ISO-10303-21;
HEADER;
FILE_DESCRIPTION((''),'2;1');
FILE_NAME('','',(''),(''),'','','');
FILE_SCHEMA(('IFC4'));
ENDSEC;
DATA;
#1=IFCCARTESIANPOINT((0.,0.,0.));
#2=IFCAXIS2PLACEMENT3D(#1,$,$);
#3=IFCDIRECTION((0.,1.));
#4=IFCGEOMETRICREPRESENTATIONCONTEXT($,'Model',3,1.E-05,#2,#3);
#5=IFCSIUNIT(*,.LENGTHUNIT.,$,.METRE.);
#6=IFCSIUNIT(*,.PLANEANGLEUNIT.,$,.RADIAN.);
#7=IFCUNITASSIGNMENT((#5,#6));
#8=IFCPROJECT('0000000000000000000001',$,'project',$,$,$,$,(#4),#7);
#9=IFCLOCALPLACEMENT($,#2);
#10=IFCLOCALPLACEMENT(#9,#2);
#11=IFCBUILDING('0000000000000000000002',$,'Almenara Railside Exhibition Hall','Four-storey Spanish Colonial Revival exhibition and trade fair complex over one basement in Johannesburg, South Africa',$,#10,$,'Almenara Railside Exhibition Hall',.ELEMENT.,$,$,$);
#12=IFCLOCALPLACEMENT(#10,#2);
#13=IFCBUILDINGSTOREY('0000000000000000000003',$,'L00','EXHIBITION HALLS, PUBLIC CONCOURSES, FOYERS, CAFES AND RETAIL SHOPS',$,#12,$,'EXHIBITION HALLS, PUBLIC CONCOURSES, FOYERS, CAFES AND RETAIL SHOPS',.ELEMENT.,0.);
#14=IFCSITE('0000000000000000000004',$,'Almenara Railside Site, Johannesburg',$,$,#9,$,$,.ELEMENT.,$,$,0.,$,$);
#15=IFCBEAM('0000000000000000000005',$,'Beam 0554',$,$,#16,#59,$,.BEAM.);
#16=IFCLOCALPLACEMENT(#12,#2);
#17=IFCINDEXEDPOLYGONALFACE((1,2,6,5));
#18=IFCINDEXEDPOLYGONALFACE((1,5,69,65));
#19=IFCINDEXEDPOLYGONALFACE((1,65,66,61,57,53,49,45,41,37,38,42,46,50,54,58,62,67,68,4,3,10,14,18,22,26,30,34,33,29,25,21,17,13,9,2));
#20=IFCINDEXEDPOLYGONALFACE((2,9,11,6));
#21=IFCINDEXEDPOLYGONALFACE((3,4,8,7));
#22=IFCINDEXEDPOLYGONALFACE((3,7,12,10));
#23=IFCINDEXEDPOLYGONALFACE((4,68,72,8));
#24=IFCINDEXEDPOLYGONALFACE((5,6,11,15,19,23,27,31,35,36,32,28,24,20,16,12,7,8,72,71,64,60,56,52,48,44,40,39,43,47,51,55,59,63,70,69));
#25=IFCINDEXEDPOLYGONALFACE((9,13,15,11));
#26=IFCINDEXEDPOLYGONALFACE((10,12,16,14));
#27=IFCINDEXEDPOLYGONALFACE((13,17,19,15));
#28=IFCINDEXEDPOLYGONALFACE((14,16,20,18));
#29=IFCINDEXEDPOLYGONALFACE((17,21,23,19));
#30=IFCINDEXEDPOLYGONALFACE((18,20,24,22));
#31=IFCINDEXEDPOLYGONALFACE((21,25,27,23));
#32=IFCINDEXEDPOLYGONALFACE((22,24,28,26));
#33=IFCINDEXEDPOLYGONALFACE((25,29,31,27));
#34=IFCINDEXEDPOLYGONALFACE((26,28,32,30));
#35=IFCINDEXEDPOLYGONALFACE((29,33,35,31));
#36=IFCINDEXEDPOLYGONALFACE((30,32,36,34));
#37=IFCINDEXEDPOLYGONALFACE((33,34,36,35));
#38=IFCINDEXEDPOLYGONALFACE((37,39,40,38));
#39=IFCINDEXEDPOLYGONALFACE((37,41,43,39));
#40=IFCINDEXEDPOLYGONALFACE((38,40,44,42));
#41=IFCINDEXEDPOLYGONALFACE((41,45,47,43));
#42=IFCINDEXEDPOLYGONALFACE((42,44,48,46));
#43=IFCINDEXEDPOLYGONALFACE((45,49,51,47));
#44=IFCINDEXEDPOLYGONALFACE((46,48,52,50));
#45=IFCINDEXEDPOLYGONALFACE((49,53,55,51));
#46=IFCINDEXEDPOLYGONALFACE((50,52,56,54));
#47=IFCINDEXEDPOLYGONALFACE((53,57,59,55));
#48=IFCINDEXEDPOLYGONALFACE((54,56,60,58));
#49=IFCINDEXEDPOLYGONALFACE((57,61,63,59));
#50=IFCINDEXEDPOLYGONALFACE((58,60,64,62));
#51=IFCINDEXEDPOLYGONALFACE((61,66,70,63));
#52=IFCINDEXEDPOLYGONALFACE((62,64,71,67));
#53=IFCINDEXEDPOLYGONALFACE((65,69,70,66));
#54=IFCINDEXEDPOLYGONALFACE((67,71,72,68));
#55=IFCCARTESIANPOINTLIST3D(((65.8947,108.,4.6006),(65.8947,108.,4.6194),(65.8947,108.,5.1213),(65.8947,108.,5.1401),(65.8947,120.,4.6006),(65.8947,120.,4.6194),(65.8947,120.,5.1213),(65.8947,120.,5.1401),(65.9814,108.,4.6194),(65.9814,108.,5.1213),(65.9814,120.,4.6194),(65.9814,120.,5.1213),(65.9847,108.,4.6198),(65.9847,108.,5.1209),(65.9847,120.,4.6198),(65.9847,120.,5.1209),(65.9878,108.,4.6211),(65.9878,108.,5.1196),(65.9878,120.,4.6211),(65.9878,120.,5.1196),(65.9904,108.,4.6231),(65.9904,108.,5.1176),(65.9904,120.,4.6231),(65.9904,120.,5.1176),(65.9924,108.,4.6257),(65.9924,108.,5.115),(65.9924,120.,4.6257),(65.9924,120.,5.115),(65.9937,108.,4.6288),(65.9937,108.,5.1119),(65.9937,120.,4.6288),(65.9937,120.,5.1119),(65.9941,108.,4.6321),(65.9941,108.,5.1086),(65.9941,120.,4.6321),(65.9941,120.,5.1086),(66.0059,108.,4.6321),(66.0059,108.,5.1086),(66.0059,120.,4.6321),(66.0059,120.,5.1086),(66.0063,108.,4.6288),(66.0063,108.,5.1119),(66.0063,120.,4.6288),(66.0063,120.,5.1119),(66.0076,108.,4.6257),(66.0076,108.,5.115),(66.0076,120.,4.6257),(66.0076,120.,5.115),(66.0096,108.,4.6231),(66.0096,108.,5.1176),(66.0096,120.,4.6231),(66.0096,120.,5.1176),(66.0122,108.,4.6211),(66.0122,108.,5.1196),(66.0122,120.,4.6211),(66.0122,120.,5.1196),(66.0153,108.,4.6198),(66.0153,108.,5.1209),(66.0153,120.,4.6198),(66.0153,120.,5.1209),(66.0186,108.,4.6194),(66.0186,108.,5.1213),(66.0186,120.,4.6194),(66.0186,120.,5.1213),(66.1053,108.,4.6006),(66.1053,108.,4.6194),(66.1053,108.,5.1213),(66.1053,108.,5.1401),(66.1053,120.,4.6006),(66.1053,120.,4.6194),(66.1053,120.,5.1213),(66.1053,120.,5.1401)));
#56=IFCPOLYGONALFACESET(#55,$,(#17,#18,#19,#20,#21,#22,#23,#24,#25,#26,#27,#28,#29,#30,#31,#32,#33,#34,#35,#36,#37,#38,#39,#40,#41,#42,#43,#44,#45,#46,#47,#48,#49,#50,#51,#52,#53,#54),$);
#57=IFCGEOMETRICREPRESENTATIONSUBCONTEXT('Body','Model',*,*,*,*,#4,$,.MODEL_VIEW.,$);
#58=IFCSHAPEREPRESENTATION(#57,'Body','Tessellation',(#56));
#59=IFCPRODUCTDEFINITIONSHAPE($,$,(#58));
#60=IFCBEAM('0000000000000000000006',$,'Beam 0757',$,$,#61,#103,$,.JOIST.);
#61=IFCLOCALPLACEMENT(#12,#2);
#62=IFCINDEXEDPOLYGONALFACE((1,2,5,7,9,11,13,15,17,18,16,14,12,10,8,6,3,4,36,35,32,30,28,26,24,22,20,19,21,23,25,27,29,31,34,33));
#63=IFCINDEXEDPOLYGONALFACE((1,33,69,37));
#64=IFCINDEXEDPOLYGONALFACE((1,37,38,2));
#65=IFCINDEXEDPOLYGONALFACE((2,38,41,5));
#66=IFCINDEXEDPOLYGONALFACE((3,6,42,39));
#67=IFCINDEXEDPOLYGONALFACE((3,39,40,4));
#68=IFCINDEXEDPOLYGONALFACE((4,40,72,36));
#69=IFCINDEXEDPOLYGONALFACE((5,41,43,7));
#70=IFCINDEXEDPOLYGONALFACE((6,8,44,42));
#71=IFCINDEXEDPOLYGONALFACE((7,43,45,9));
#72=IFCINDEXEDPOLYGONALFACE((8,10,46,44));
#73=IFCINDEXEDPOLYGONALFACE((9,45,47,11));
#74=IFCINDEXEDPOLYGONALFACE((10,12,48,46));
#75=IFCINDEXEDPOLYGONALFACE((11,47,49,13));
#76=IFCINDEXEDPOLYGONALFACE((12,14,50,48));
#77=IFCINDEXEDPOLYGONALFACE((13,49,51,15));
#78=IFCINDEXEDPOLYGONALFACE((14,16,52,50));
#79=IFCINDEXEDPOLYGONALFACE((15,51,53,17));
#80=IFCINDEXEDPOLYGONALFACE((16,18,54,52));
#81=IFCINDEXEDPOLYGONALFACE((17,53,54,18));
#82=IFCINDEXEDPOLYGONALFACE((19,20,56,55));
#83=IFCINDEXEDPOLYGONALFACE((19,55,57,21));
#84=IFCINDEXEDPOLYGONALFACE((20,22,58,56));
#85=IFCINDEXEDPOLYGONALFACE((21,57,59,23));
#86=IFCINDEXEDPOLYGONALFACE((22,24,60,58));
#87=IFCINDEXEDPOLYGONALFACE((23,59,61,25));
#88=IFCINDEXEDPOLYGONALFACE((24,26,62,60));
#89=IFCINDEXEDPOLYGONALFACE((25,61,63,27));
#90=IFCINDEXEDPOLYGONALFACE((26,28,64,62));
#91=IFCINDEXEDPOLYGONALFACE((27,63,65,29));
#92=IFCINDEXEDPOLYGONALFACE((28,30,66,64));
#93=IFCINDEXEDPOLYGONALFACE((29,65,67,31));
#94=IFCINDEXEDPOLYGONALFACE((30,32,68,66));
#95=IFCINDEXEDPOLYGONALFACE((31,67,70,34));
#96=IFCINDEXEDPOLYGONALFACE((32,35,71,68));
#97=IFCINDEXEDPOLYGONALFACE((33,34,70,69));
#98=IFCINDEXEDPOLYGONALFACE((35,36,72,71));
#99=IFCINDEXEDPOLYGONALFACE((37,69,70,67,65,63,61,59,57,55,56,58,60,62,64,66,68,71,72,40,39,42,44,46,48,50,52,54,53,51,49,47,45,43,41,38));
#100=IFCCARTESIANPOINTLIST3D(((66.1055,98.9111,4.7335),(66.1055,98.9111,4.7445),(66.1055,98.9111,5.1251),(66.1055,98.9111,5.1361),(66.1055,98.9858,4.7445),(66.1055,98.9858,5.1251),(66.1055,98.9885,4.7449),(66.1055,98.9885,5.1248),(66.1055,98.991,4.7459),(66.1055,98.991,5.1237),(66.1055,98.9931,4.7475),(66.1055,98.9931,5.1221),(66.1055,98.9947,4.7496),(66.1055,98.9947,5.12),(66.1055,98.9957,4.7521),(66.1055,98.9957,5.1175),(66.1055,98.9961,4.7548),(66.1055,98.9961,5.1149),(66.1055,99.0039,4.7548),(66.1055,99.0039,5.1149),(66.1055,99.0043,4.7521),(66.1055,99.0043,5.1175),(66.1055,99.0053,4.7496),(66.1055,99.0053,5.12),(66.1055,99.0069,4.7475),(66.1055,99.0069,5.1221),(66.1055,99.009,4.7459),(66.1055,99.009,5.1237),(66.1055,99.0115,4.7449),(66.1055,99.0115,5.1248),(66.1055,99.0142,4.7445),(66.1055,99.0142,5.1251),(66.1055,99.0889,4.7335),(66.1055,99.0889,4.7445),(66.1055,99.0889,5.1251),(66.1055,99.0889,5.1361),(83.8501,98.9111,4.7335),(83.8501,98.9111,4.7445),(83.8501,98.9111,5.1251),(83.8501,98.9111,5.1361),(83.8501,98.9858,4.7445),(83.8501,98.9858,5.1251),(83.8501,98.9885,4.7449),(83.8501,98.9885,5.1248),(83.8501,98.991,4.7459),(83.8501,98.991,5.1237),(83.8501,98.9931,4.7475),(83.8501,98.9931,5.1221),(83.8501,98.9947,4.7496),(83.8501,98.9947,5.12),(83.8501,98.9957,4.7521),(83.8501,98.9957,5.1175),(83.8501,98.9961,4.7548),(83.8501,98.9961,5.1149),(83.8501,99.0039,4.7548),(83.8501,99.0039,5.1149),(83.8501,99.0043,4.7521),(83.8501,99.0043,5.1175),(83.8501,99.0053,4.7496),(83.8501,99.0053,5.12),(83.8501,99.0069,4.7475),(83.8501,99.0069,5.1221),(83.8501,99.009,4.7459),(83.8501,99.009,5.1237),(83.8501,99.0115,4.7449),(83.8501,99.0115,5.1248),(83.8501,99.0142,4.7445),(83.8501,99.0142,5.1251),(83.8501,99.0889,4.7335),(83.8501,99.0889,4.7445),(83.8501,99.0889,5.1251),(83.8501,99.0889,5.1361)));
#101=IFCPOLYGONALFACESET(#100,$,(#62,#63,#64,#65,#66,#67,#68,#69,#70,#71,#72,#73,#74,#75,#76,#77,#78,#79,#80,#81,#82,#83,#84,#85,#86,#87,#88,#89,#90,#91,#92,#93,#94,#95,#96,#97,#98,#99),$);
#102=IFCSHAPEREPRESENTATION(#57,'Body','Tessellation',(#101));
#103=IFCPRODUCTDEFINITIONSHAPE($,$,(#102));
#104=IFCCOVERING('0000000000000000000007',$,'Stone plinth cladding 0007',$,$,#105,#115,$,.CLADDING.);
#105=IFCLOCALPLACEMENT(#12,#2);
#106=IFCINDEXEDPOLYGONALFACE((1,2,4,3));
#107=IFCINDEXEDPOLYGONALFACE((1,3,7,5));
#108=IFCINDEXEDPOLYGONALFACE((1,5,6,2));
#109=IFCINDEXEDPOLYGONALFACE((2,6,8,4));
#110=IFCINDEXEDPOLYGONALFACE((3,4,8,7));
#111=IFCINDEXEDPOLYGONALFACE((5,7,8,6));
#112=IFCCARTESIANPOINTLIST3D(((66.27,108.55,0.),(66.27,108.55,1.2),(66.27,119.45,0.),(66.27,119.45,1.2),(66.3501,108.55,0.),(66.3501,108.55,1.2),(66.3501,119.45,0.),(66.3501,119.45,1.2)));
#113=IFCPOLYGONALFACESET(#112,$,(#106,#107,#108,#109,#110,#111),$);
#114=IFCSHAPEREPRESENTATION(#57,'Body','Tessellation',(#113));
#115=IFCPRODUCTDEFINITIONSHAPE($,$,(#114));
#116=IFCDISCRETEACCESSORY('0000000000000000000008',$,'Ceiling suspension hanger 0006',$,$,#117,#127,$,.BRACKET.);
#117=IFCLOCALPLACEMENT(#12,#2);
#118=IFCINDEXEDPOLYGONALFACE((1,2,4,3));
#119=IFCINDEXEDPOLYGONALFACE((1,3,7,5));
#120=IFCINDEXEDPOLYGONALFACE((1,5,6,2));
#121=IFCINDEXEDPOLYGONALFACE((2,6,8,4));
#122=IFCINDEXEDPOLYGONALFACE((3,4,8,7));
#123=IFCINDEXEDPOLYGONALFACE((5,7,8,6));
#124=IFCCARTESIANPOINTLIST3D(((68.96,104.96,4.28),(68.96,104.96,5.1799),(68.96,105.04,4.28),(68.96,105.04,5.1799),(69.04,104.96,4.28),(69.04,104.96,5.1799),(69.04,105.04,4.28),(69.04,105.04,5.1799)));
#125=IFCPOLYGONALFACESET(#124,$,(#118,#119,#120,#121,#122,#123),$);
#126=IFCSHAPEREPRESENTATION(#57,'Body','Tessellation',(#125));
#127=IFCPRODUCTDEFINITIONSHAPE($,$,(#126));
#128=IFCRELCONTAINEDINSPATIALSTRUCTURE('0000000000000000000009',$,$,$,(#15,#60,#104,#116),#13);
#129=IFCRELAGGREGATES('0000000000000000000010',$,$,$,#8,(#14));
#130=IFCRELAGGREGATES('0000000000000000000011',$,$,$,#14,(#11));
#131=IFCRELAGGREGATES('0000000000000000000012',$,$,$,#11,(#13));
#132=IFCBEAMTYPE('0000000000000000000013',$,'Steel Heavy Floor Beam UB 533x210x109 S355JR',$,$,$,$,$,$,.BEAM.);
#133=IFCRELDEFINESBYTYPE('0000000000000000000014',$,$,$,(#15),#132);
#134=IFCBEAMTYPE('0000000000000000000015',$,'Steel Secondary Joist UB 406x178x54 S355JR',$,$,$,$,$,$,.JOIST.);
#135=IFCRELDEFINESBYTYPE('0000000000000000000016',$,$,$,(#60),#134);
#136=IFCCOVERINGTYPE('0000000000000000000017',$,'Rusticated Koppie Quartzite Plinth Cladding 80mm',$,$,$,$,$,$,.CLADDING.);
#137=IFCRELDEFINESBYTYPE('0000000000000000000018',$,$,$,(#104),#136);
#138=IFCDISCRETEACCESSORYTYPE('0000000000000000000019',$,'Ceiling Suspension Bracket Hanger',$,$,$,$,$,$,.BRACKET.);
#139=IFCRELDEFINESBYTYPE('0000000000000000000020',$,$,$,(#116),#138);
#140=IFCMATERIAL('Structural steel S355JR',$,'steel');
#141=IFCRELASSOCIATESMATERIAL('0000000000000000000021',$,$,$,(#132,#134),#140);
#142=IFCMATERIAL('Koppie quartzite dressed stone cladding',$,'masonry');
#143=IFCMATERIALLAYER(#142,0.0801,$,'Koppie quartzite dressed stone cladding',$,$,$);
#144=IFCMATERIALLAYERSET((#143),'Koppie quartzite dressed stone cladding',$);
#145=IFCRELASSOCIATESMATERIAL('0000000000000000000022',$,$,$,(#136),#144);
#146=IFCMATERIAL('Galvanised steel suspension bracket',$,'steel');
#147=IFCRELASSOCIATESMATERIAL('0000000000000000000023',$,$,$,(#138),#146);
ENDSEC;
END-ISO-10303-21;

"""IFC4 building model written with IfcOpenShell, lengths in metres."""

from ifc_helpers import new_model, si_unit, direction, frame, origin, origin_2d, place, context, subcontext, project, spatial, rectangle, i_section, extrude, material, layer, layer_set, material_profile, profile_set, type_object, element, save


model = new_model("IFC4")

# Units and contexts
model_context = context("Model", 3, precision=1e-05, world=origin(), true_north=direction((0.0, 1.0)))
body_context = subcontext(model_context, "Body", "Model", "MODEL_VIEW")
ifc_project = project(units=[si_unit("LENGTHUNIT", "METRE"), si_unit("PLANEANGLEUNIT", "RADIAN")], contexts=[model_context])

# Site, building, storey
site_placement = place(None, origin())
site = spatial("IfcSite", under=ifc_project, at=site_placement, Name="Almenara Railside Site, Johannesburg", CompositionType="ELEMENT", RefElevation=0.0)
building_placement = place(site_placement, origin())
building = spatial("IfcBuilding", under=site, at=building_placement, Name="Almenara Railside Exhibition Hall", Description="Four-storey Spanish Colonial Revival exhibition and trade fair complex over one basement in Johannesburg, South Africa", LongName="Almenara Railside Exhibition Hall", CompositionType="ELEMENT")
storey_placement = place(building_placement, origin())
storey = spatial("IfcBuildingStorey", under=building, at=storey_placement, Name="L00", Description="EXHIBITION HALLS, PUBLIC CONCOURSES, FOYERS, CAFES AND RETAIL SHOPS", LongName="EXHIBITION HALLS, PUBLIC CONCOURSES, FOYERS, CAFES AND RETAIL SHOPS", CompositionType="ELEMENT", Elevation=0.0)

# Beams
ifc_material_1 = material(Name="Structural steel S355JR", Category="steel")
ifc_material_profile_1 = material_profile(ifc_material_1, i_section(OverallWidth=0.2107, OverallDepth=0.5396, WebThickness=0.0117, FlangeThickness=0.0188, FilletRadius=0.0127, at=origin_2d()), Name="UB 533x210x109")
ifc_profile_set_1 = profile_set([ifc_material_profile_1], Name="Structural steel S355JR")
beam_type_1 = type_object("IfcBeamType", Name="Steel Heavy Floor Beam UB 533x210x109 S355JR", PredefinedType="BEAM", material=ifc_profile_set_1)
for number, where, z_axis, x_axis, name in (
    (1, (66.0, 108.0, 4.8704), (0.0, 1.0, 0.0), (-1.0, 0.0, 0.0), "Beam 0554"),
):
    element("IfcBeam", number, at=place(storey_placement, frame(where, z_axis=z_axis, x_axis=x_axis)), inside=storey, type_object=beam_type_1, Name=name, PredefinedType="BEAM", context=body_context, shape_type="SweptSolid", body=[
        extrude(i_section(OverallWidth=0.2107, OverallDepth=0.5396, WebThickness=0.0117, FlangeThickness=0.0188, FilletRadius=0.0127, at=origin_2d()), origin(), (0.0, 0.0, 1.0), 12.0),
    ])
ifc_material_profile_2 = material_profile(ifc_material_1, i_section(OverallWidth=0.1777, OverallDepth=0.4026, WebThickness=0.0078, FlangeThickness=0.011, FilletRadius=0.0103, at=origin_2d()), Name="UB 406x178x54")
ifc_profile_set_2 = profile_set([ifc_material_profile_2], Name="Structural steel S355JR")
beam_type_2 = type_object("IfcBeamType", Name="Steel Secondary Joist UB 406x178x54 S355JR", PredefinedType="JOIST", material=ifc_profile_set_2)
beam_1_placement = place(storey_placement, frame((66.1055, 99.0, 4.9348), z_axis=(1.0, 0.0, 0.0), x_axis=(0.0, 1.0, 0.0)))
element("IfcBeam", 2, at=beam_1_placement, inside=storey, type_object=beam_type_2, Name="Beam 0757", PredefinedType="JOIST", context=body_context, shape_type="SweptSolid", body=[
    extrude(i_section(OverallWidth=0.1777, OverallDepth=0.4026, WebThickness=0.0078, FlangeThickness=0.011, FilletRadius=0.0103, at=origin_2d()), origin(), (0.0, 0.0, 1.0), 17.7446),
])

# Covering
ifc_material_2 = material(Name="Koppie quartzite dressed stone cladding", Category="masonry")
ifc_layer_1 = layer(ifc_material_2, 0.0801, Name="Koppie quartzite dressed stone cladding")
ifc_layer_set_1 = layer_set([ifc_layer_1], Name="Koppie quartzite dressed stone cladding")
covering_type = type_object("IfcCoveringType", Name="Rusticated Koppie Quartzite Plinth Cladding 80mm", PredefinedType="CLADDING", material=ifc_layer_set_1)
covering_placement = place(storey_placement, frame((66.3101, 114.0, 0.0), z_axis=(0.0, 0.0, 1.0), x_axis=(0.0, 1.0, 0.0)))
element("IfcCovering", 3, at=covering_placement, inside=storey, type_object=covering_type, Name="Stone plinth cladding 0007", PredefinedType="CLADDING", context=body_context, shape_type="SweptSolid", body=[
    extrude(rectangle(XDim=10.8999, YDim=0.0801, at=origin_2d()), origin(), (0.0, 0.0, 1.0), 1.2),
])

# Discrete accessory
ifc_material_3 = material(Name="Galvanised steel suspension bracket", Category="steel")
discrete_accessory_type = type_object("IfcDiscreteAccessoryType", Name="Ceiling Suspension Bracket Hanger", PredefinedType="BRACKET", material=ifc_material_3)
discrete_accessory_placement = place(storey_placement, frame((69.0, 105.0, 4.28), z_axis=(0.0, 0.0, 1.0), x_axis=(1.0, 0.0, 0.0)))
element("IfcDiscreteAccessory", 4, at=discrete_accessory_placement, inside=storey, type_object=discrete_accessory_type, Name="Ceiling suspension hanger 0006", PredefinedType="BRACKET", context=body_context, shape_type="SweptSolid", body=[
    extrude(rectangle(XDim=0.0801, YDim=0.0801, at=origin_2d()), origin(), (0.0, 0.0, 1.0), 0.8999),
])

save(model, "model.ifc")
